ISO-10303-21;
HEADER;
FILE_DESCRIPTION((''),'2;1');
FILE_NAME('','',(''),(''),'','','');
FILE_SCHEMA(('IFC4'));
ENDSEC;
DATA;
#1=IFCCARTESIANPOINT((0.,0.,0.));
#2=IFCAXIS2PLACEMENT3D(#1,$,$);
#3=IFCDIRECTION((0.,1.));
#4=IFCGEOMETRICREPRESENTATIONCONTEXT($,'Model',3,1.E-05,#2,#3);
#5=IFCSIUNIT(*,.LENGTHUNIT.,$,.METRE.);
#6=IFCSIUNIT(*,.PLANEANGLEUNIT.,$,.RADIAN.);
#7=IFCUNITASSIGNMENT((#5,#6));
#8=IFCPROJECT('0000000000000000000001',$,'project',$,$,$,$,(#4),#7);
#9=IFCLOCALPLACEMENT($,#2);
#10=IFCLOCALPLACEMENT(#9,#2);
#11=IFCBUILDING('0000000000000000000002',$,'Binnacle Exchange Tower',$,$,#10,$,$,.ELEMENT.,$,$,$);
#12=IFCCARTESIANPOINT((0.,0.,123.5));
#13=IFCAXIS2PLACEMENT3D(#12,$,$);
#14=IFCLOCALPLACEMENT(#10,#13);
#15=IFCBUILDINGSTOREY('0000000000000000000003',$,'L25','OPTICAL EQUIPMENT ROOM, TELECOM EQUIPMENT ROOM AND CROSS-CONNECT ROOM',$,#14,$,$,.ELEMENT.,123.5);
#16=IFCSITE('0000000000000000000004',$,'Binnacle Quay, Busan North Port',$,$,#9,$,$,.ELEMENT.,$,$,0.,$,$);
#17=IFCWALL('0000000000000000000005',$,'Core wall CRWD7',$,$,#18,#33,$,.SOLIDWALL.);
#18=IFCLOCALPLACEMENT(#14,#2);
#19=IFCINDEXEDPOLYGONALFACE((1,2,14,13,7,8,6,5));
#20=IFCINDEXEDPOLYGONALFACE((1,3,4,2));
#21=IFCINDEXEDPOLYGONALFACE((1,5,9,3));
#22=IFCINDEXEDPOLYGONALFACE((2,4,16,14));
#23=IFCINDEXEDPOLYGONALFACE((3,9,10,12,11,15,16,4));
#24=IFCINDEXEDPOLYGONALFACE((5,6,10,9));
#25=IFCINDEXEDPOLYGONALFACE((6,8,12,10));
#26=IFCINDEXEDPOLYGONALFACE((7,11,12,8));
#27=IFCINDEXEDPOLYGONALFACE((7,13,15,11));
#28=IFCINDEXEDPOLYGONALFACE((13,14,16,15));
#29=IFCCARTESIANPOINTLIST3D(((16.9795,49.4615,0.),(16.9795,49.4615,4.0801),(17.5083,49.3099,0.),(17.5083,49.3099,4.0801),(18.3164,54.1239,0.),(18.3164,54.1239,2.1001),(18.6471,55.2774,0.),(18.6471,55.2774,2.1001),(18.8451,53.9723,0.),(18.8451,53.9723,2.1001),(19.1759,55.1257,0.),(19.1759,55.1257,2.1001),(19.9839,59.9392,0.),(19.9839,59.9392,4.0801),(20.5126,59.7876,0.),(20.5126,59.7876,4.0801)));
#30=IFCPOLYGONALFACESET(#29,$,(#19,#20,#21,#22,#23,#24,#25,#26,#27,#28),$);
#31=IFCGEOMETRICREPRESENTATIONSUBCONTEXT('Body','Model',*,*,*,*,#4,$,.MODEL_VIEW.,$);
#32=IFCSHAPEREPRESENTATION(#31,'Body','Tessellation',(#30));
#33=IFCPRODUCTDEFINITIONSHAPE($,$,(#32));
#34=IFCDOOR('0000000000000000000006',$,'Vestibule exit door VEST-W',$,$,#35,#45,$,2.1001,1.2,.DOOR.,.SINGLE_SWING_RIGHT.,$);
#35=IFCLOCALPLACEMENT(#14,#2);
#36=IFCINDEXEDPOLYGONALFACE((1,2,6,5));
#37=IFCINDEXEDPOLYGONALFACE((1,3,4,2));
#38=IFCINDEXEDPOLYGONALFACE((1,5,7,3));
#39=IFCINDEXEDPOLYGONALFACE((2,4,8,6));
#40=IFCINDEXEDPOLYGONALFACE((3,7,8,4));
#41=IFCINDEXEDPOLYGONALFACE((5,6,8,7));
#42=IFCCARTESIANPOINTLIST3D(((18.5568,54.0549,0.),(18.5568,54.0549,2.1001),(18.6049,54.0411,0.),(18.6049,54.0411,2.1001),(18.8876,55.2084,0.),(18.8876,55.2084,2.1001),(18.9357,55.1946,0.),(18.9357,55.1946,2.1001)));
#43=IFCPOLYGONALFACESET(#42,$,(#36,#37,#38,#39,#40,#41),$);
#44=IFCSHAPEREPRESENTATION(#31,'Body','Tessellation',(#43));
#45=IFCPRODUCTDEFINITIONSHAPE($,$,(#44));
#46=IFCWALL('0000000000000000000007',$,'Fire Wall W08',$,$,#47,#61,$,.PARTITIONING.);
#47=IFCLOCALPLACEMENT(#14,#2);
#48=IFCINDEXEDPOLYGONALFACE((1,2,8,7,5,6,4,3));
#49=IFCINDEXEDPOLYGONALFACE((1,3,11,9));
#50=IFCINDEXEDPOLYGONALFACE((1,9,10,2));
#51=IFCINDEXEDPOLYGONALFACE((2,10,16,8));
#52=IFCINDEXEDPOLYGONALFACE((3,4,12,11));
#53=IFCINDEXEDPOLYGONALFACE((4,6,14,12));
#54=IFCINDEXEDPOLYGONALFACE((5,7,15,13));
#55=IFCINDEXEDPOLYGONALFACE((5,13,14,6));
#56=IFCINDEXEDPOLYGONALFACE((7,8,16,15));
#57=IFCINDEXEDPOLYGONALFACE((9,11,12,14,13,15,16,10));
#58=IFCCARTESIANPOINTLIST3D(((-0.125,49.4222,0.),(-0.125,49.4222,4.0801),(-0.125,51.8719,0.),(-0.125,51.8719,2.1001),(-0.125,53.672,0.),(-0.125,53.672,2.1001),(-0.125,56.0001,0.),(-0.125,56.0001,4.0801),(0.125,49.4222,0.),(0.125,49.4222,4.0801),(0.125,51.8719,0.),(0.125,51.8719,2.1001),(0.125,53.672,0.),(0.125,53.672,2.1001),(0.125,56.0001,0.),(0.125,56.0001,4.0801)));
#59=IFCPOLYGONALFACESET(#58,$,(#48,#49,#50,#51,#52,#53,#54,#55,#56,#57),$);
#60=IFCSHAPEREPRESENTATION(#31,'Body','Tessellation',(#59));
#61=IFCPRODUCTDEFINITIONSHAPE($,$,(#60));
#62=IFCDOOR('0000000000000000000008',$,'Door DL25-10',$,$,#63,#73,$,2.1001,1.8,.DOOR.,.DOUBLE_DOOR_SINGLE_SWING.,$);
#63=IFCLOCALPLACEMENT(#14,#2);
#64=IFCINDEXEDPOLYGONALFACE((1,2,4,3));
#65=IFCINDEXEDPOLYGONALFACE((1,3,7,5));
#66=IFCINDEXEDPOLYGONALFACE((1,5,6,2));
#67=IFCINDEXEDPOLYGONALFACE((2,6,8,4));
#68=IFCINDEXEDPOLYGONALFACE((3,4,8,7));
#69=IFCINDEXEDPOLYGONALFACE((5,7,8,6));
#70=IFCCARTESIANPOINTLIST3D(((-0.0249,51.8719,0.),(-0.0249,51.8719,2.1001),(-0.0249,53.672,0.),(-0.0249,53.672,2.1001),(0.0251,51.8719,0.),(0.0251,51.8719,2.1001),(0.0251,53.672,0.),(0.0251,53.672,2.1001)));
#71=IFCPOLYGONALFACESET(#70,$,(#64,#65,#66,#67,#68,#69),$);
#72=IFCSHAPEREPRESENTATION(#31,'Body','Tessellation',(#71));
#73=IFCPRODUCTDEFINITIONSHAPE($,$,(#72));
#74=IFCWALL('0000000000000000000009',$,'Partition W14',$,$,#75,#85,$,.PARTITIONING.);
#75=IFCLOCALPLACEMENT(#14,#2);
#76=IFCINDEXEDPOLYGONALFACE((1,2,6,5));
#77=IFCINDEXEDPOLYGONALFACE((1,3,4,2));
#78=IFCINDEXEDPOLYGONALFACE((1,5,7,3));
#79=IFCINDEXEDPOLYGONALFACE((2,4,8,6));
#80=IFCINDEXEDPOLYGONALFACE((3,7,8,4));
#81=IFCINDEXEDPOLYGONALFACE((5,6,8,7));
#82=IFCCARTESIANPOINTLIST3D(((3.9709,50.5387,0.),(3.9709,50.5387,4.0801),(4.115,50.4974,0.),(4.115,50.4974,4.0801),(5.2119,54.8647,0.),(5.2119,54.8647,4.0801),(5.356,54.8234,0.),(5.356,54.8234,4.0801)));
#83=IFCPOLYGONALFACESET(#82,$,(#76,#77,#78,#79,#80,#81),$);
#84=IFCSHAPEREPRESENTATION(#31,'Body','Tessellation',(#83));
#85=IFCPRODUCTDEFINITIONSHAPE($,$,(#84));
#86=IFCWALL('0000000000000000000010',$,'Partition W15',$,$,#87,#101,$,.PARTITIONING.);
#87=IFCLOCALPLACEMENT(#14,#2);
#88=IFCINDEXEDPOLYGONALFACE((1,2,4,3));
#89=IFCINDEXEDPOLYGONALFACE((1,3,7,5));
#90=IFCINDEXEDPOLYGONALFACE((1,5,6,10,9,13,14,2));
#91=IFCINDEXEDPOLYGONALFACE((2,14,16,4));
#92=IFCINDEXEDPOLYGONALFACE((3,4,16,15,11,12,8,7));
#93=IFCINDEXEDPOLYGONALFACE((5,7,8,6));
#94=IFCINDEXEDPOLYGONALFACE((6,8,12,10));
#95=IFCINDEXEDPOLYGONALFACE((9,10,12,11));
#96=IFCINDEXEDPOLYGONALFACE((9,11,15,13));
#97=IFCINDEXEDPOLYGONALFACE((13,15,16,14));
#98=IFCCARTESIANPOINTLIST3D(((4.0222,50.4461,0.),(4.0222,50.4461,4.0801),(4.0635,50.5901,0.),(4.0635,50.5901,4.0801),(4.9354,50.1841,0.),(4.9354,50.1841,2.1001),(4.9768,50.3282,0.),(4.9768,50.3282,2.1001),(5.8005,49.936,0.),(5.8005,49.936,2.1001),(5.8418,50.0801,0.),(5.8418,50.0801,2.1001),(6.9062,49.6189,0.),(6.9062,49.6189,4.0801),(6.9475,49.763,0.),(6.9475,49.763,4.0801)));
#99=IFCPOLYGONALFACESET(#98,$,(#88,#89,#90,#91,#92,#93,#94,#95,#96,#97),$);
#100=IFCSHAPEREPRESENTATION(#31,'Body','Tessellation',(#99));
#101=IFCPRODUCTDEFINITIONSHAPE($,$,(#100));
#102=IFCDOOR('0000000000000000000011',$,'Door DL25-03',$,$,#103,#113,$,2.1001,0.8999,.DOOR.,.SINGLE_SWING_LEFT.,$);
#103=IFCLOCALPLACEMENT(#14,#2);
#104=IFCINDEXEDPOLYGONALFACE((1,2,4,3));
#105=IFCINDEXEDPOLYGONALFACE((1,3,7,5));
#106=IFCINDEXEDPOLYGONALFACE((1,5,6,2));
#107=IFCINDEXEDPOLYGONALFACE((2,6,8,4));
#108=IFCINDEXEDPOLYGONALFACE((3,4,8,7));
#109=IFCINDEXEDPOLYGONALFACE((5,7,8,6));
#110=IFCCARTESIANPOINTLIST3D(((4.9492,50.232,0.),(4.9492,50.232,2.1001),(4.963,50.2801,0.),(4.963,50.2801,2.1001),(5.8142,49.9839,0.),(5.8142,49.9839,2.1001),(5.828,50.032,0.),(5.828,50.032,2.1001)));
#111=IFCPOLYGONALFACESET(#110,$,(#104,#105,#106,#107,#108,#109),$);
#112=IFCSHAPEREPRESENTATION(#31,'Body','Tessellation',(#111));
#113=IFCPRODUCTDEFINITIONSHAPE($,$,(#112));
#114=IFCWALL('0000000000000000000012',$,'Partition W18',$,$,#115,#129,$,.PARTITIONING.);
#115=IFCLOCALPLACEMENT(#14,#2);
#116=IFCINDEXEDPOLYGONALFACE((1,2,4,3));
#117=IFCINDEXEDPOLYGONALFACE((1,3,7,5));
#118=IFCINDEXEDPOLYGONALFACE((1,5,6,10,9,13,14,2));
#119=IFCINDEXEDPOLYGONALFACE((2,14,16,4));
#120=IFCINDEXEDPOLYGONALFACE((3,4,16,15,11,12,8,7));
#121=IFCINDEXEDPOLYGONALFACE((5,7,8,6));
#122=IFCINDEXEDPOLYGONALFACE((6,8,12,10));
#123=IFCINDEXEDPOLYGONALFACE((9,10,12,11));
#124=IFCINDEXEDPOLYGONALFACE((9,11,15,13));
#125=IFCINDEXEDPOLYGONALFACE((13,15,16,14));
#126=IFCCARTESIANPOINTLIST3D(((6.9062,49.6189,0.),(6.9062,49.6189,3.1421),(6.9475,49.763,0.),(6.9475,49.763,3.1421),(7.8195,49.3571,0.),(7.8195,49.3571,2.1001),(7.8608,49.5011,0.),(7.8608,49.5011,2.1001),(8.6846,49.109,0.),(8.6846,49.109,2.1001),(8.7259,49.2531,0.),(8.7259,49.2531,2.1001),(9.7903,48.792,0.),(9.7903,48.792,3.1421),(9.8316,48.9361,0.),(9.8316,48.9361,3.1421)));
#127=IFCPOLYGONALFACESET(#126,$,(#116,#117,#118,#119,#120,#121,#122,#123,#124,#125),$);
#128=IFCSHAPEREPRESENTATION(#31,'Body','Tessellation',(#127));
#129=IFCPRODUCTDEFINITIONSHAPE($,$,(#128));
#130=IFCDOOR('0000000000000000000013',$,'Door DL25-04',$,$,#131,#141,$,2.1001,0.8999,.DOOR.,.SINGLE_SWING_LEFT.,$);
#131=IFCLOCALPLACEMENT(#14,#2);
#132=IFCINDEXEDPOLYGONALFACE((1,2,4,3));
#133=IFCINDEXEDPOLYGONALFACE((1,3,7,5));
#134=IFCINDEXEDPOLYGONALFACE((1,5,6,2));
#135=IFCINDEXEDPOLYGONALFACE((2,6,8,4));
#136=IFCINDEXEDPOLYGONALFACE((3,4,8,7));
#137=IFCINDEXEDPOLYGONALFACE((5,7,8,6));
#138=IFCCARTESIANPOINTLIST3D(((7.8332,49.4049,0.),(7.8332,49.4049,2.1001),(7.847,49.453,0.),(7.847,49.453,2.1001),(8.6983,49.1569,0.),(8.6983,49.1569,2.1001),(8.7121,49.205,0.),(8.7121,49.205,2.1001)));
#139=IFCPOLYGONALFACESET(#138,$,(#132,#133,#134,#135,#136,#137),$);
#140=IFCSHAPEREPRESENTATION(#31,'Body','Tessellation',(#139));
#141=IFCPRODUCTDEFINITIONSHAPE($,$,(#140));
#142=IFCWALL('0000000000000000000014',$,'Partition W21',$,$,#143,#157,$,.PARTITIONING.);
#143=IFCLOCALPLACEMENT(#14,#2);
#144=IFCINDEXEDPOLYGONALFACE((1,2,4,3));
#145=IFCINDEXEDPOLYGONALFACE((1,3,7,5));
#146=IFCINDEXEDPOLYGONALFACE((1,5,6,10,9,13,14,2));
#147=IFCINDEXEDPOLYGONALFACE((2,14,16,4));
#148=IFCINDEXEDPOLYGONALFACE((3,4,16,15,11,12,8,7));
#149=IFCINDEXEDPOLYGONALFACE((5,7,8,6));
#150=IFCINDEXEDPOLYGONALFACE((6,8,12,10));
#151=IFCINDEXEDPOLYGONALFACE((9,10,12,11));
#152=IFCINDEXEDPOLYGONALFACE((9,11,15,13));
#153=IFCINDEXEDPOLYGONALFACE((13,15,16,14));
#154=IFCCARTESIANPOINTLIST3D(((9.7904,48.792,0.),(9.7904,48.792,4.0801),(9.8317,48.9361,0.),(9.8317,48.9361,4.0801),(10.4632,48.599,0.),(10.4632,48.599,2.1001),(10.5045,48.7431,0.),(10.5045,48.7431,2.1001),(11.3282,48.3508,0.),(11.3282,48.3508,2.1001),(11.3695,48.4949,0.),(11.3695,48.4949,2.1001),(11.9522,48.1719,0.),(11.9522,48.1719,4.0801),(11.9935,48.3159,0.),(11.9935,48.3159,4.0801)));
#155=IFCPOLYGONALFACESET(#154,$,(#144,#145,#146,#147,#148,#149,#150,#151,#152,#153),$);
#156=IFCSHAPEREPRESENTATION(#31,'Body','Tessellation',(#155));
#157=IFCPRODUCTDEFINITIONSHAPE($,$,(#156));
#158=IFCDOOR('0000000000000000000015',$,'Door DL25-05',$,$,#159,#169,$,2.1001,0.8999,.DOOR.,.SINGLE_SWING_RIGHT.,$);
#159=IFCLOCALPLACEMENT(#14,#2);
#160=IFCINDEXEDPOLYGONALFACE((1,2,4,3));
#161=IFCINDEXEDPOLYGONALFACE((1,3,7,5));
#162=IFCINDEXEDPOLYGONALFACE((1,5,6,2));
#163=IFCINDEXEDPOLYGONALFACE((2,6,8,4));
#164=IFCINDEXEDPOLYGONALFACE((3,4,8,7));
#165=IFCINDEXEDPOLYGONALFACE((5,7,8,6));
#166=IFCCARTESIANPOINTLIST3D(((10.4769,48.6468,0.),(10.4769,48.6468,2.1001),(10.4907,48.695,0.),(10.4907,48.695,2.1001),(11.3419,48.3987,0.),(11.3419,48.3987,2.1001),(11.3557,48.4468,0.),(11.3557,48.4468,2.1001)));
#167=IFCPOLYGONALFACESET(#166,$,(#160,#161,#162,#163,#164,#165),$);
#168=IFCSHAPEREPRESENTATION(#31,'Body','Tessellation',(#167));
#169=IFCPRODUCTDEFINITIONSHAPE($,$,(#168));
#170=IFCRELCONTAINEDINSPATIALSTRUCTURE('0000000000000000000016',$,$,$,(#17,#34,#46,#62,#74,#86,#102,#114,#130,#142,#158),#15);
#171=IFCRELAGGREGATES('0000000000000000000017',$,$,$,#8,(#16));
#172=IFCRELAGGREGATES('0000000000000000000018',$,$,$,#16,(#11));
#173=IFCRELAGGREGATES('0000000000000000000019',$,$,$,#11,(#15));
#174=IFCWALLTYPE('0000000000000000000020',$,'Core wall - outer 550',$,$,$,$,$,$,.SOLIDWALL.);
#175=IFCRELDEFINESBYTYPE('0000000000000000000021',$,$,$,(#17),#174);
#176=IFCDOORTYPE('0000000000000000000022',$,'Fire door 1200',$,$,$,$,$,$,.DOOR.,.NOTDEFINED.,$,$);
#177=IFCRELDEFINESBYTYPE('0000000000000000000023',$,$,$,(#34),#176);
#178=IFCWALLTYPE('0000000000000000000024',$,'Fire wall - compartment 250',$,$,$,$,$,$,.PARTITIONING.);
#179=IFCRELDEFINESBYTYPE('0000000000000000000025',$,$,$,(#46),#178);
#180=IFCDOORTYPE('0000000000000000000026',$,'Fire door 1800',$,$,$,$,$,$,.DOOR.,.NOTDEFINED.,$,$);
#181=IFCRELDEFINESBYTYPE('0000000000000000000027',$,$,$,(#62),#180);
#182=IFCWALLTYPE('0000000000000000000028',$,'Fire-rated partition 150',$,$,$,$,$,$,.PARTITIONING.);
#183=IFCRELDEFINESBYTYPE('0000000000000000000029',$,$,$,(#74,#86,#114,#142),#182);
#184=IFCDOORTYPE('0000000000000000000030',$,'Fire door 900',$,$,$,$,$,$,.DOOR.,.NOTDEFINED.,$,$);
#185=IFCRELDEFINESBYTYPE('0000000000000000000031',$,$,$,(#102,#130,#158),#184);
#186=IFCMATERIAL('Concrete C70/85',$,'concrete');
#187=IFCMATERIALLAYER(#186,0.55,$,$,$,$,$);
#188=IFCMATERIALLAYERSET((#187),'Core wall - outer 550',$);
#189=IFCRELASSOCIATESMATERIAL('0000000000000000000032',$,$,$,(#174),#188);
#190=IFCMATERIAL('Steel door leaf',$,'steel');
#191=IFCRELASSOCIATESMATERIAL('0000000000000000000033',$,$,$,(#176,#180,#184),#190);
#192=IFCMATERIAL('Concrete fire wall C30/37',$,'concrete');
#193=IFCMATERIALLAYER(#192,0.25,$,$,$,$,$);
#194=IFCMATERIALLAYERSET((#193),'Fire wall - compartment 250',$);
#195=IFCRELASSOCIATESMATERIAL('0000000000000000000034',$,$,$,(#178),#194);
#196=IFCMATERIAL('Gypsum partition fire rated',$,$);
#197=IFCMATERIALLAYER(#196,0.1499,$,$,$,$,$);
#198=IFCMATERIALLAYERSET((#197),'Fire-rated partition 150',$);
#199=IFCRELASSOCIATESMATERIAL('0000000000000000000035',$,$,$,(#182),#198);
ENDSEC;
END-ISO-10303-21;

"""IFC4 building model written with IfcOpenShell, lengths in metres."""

from ifc_helpers import new_model, si_unit, direction, frame, frame_2d, origin, place, context, subcontext, project, spatial, rectangle, extrude, material, layer, layer_set, type_object, element, fill, save


model = new_model("IFC4")

# Units and contexts
model_context = context("Model", 3, precision=1e-05, world=origin(), true_north=direction((0.0, 1.0)))
body_context = subcontext(model_context, "Body", "Model", "MODEL_VIEW")
ifc_project = project(units=[si_unit("LENGTHUNIT", "METRE"), si_unit("PLANEANGLEUNIT", "RADIAN")], contexts=[model_context])

# Site, building, storey
site_placement = place(None, origin())
site = spatial("IfcSite", under=ifc_project, at=site_placement, Name="Binnacle Quay, Busan North Port", CompositionType="ELEMENT", RefElevation=0.0)
building_placement = place(site_placement, origin())
building = spatial("IfcBuilding", under=site, at=building_placement, Name="Binnacle Exchange Tower", CompositionType="ELEMENT")
storey_placement = place(building_placement, frame((0.0, 0.0, 123.5)))
storey = spatial("IfcBuildingStorey", under=building, at=storey_placement, Name="L25", Description="OPTICAL EQUIPMENT ROOM, TELECOM EQUIPMENT ROOM AND CROSS-CONNECT ROOM", CompositionType="ELEMENT", Elevation=123.5)

# Shared definitions
ifc_material_1 = material(Name="Concrete C70/85", Category="concrete")

# Shared definitions
ifc_layer_1 = layer(ifc_material_1, 0.55)
ifc_layer_set_1 = layer_set([ifc_layer_1], Name="Core wall - outer 550")
wall_type_1 = type_object("IfcWallType", Name="Core wall - outer 550", PredefinedType="SOLIDWALL", material=ifc_layer_set_1)

# Walls, openings, doors
wall_1_placement = place(storey_placement, frame((17.2439, 49.3857, 0.0), z_axis=(0.0, 0.0, 1.0), x_axis=(0.275632, 0.961263, 0.0)))
wall_1 = element("IfcWall", 1, at=wall_1_placement, inside=storey, type_object=wall_type_1, Name="Core wall CRWD7", PredefinedType="SOLIDWALL", context=body_context, shape_type="SweptSolid", body=[
    extrude(rectangle(XDim=10.8999, YDim=0.55, at=frame_2d((5.45, 0.0))), origin(), (0.0, 0.0, 1.0), 4.0801),
])
opening_1_placement = place(wall_1_placement, frame((4.8501, 0.0, 0.0)))
opening_1 = element("IfcOpeningElement", 2, at=opening_1_placement, cuts=wall_1, PredefinedType="OPENING", context=body_context, shape_type="SweptSolid", body=[
    extrude(rectangle(XDim=1.2, YDim=2.1001, at=frame_2d((0.6001, 1.05))), frame((0.0, 0.2849, 0.0), z_axis=(0.0, -1.0, 0.0), x_axis=(1.0, 0.0, 0.0)), (0.0, 0.0, 1.0), 0.5701),
])
ifc_material_2 = material(Name="Steel door leaf", Category="steel")
door_type_1 = type_object("IfcDoorType", Name="Fire door 1200", OperationType="NOTDEFINED", PredefinedType="DOOR", material=ifc_material_2)
door_1_placement = place(opening_1_placement, origin())
door_1 = element("IfcDoor", 3, at=door_1_placement, inside=storey, type_object=door_type_1, Name="Vestibule exit door VEST-W", OperationType="SINGLE_SWING_RIGHT", OverallHeight=2.1001, OverallWidth=1.2, PredefinedType="DOOR", context=body_context, shape_type="SweptSolid", body=[
    extrude(rectangle(XDim=1.2, YDim=2.1001, at=frame_2d((0.6001, 1.05))), frame((0.0, 0.0249, 0.0), z_axis=(0.0, -1.0, 0.0), x_axis=(1.0, 0.0, 0.0)), (0.0, 0.0, 1.0), 0.05),
])
fill(opening_1, door_1)
ifc_material_3 = material(Name="Concrete fire wall C30/37", Category="concrete")
ifc_layer_2 = layer(ifc_material_3, 0.25)
ifc_layer_set_2 = layer_set([ifc_layer_2], Name="Fire wall - compartment 250")
wall_type_2 = type_object("IfcWallType", Name="Fire wall - compartment 250", PredefinedType="PARTITIONING", material=ifc_layer_set_2)
wall_2_placement = place(storey_placement, frame((0.0, 49.4221, 0.0), z_axis=(0.0, 0.0, 1.0), x_axis=(0.0, 1.0, 0.0)))
wall_2 = element("IfcWall", 4, at=wall_2_placement, inside=storey, type_object=wall_type_2, Name="Fire Wall W08", PredefinedType="PARTITIONING", context=body_context, shape_type="SweptSolid", body=[
    extrude(rectangle(XDim=6.5779, YDim=0.25, at=frame_2d((3.2891, 0.0))), origin(), (0.0, 0.0, 1.0), 4.0801),
])
opening_2_placement = place(wall_2_placement, frame((2.45, 0.0, 0.0)))
opening_2 = element("IfcOpeningElement", 5, at=opening_2_placement, cuts=wall_2, PredefinedType="OPENING", context=body_context, shape_type="SweptSolid", body=[
    extrude(rectangle(XDim=1.8, YDim=2.1001, at=frame_2d((0.8999, 1.05))), frame((0.0, 0.135, 0.0), z_axis=(0.0, -1.0, 0.0), x_axis=(1.0, 0.0, 0.0)), (0.0, 0.0, 1.0), 0.27),
])
door_type_2 = type_object("IfcDoorType", Name="Fire door 1800", OperationType="NOTDEFINED", PredefinedType="DOOR", material=ifc_material_2)
door_2_placement = place(opening_2_placement, origin())
door_2 = element("IfcDoor", 6, at=door_2_placement, inside=storey, type_object=door_type_2, Name="Door DL25-10", OperationType="DOUBLE_DOOR_SINGLE_SWING", OverallHeight=2.1001, OverallWidth=1.8, PredefinedType="DOOR", context=body_context, shape_type="SweptSolid", body=[
    extrude(rectangle(XDim=1.8, YDim=2.1001, at=frame_2d((0.8999, 1.05))), frame((0.0, 0.0249, 0.0), z_axis=(0.0, -1.0, 0.0), x_axis=(1.0, 0.0, 0.0)), (0.0, 0.0, 1.0), 0.05),
])
fill(opening_2, door_2)

# Wall
ifc_material_4 = material(Name="Gypsum partition fire rated")
ifc_layer_3 = layer(ifc_material_4, 0.1499)
ifc_layer_set_3 = layer_set([ifc_layer_3], Name="Fire-rated partition 150")
wall_type_3 = type_object("IfcWallType", Name="Fire-rated partition 150", PredefinedType="PARTITIONING", material=ifc_layer_set_3)
wall_3_placement = place(storey_placement, frame((4.043, 50.5181, 0.0), z_axis=(0.0, 0.0, 1.0), x_axis=(0.275746, 0.961231, 0.0)))
element("IfcWall", 7, at=wall_3_placement, inside=storey, type_object=wall_type_3, Name="Partition W14", PredefinedType="PARTITIONING", context=body_context, shape_type="SweptSolid", body=[
    extrude(rectangle(XDim=4.5005, YDim=0.1499, at=frame_2d((2.2502, 0.0))), origin(), (0.0, 0.0, 1.0), 4.0801),
])

# Walls, openings, doors
wall_4_placement = place(storey_placement, frame((4.043, 50.5181, 0.0), z_axis=(0.0, 0.0, 1.0), x_axis=(0.961247, -0.275688, 0.0)))
wall_4 = element("IfcWall", 8, at=wall_4_placement, inside=storey, type_object=wall_type_3, Name="Partition W15", PredefinedType="PARTITIONING", context=body_context, shape_type="SweptSolid", body=[
    extrude(rectangle(XDim=3.0002, YDim=0.1499, at=frame_2d((1.5, 0.0))), origin(), (0.0, 0.0, 1.0), 4.0801),
])
opening_3_placement = place(wall_4_placement, frame((0.95, 0.0, 0.0)))
opening_3 = element("IfcOpeningElement", 9, at=opening_3_placement, cuts=wall_4, PredefinedType="OPENING", context=body_context, shape_type="SweptSolid", body=[
    extrude(rectangle(XDim=0.8999, YDim=2.1001, at=frame_2d((0.45, 1.05))), frame((0.0, 0.085, 0.0), z_axis=(0.0, -1.0, 0.0), x_axis=(1.0, 0.0, 0.0)), (0.0, 0.0, 1.0), 0.1699),
])
door_type_3 = type_object("IfcDoorType", Name="Fire door 900", OperationType="NOTDEFINED", PredefinedType="DOOR", material=ifc_material_2)
door_3_placement = place(opening_3_placement, origin())
door_3 = element("IfcDoor", 10, at=door_3_placement, inside=storey, type_object=door_type_3, Name="Door DL25-03", OperationType="SINGLE_SWING_LEFT", OverallHeight=2.1001, OverallWidth=0.8999, PredefinedType="DOOR", context=body_context, shape_type="SweptSolid", body=[
    extrude(rectangle(XDim=0.8999, YDim=2.1001, at=frame_2d((0.45, 1.05))), frame((0.0, 0.0249, 0.0), z_axis=(0.0, -1.0, 0.0), x_axis=(1.0, 0.0, 0.0)), (0.0, 0.0, 1.0), 0.05),
])
fill(opening_3, door_3)
wall_5_placement = place(storey_placement, frame((6.927, 49.6909, 0.0), z_axis=(0.0, 0.0, 1.0), x_axis=(0.961269, -0.275613, 0.0)))
wall_5 = element("IfcWall", 11, at=wall_5_placement, inside=storey, type_object=wall_type_3, Name="Partition W18", PredefinedType="PARTITIONING", context=body_context, shape_type="SweptSolid", body=[
    extrude(rectangle(XDim=3.0002, YDim=0.1499, at=frame_2d((1.5, 0.0))), origin(), (0.0, 0.0, 1.0), 3.1421),
])
opening_4_placement = place(wall_5_placement, frame((0.95, 0.0, 0.0)))
opening_4 = element("IfcOpeningElement", 12, at=opening_4_placement, cuts=wall_5, PredefinedType="OPENING", context=body_context, shape_type="SweptSolid", body=[
    extrude(rectangle(XDim=0.8999, YDim=2.1001, at=frame_2d((0.45, 1.05))), frame((0.0, 0.085, 0.0), z_axis=(0.0, -1.0, 0.0), x_axis=(1.0, 0.0, 0.0)), (0.0, 0.0, 1.0), 0.1699),
])
door_4_placement = place(opening_4_placement, origin())
door_4 = element("IfcDoor", 13, at=door_4_placement, inside=storey, type_object=door_type_3, Name="Door DL25-04", OperationType="SINGLE_SWING_LEFT", OverallHeight=2.1001, OverallWidth=0.8999, PredefinedType="DOOR", context=body_context, shape_type="SweptSolid", body=[
    extrude(rectangle(XDim=0.8999, YDim=2.1001, at=frame_2d((0.45, 1.05))), frame((0.0, 0.0249, 0.0), z_axis=(0.0, -1.0, 0.0), x_axis=(1.0, 0.0, 0.0)), (0.0, 0.0, 1.0), 0.05),
])
fill(opening_4, door_4)
wall_6_placement = place(storey_placement, frame((9.811, 48.864, 0.0), z_axis=(0.0, 0.0, 1.0), x_axis=(0.961237, -0.275725, 0.0)))
wall_6 = element("IfcWall", 14, at=wall_6_placement, inside=storey, type_object=wall_type_3, Name="Partition W21", PredefinedType="PARTITIONING", context=body_context, shape_type="SweptSolid", body=[
    extrude(rectangle(XDim=2.249, YDim=0.1499, at=frame_2d((1.1245, 0.0))), origin(), (0.0, 0.0, 1.0), 4.0801),
])
opening_5_placement = place(wall_6_placement, frame((0.7, 0.0, 0.0)))
opening_5 = element("IfcOpeningElement", 15, at=opening_5_placement, cuts=wall_6, PredefinedType="OPENING", context=body_context, shape_type="SweptSolid", body=[
    extrude(rectangle(XDim=0.8999, YDim=2.1001, at=frame_2d((0.45, 1.05))), frame((0.0, 0.085, 0.0), z_axis=(0.0, -1.0, 0.0), x_axis=(1.0, 0.0, 0.0)), (0.0, 0.0, 1.0), 0.1699),
])
door_5_placement = place(opening_5_placement, origin())
door_5 = element("IfcDoor", 16, at=door_5_placement, inside=storey, type_object=door_type_3, Name="Door DL25-05", OperationType="SINGLE_SWING_RIGHT", OverallHeight=2.1001, OverallWidth=0.8999, PredefinedType="DOOR", context=body_context, shape_type="SweptSolid", body=[
    extrude(rectangle(XDim=0.8999, YDim=2.1001, at=frame_2d((0.45, 1.05))), frame((0.0, 0.0249, 0.0), z_axis=(0.0, -1.0, 0.0), x_axis=(1.0, 0.0, 0.0)), (0.0, 0.0, 1.0), 0.05),
])
fill(opening_5, door_5)

save(model, "model.ifc")
